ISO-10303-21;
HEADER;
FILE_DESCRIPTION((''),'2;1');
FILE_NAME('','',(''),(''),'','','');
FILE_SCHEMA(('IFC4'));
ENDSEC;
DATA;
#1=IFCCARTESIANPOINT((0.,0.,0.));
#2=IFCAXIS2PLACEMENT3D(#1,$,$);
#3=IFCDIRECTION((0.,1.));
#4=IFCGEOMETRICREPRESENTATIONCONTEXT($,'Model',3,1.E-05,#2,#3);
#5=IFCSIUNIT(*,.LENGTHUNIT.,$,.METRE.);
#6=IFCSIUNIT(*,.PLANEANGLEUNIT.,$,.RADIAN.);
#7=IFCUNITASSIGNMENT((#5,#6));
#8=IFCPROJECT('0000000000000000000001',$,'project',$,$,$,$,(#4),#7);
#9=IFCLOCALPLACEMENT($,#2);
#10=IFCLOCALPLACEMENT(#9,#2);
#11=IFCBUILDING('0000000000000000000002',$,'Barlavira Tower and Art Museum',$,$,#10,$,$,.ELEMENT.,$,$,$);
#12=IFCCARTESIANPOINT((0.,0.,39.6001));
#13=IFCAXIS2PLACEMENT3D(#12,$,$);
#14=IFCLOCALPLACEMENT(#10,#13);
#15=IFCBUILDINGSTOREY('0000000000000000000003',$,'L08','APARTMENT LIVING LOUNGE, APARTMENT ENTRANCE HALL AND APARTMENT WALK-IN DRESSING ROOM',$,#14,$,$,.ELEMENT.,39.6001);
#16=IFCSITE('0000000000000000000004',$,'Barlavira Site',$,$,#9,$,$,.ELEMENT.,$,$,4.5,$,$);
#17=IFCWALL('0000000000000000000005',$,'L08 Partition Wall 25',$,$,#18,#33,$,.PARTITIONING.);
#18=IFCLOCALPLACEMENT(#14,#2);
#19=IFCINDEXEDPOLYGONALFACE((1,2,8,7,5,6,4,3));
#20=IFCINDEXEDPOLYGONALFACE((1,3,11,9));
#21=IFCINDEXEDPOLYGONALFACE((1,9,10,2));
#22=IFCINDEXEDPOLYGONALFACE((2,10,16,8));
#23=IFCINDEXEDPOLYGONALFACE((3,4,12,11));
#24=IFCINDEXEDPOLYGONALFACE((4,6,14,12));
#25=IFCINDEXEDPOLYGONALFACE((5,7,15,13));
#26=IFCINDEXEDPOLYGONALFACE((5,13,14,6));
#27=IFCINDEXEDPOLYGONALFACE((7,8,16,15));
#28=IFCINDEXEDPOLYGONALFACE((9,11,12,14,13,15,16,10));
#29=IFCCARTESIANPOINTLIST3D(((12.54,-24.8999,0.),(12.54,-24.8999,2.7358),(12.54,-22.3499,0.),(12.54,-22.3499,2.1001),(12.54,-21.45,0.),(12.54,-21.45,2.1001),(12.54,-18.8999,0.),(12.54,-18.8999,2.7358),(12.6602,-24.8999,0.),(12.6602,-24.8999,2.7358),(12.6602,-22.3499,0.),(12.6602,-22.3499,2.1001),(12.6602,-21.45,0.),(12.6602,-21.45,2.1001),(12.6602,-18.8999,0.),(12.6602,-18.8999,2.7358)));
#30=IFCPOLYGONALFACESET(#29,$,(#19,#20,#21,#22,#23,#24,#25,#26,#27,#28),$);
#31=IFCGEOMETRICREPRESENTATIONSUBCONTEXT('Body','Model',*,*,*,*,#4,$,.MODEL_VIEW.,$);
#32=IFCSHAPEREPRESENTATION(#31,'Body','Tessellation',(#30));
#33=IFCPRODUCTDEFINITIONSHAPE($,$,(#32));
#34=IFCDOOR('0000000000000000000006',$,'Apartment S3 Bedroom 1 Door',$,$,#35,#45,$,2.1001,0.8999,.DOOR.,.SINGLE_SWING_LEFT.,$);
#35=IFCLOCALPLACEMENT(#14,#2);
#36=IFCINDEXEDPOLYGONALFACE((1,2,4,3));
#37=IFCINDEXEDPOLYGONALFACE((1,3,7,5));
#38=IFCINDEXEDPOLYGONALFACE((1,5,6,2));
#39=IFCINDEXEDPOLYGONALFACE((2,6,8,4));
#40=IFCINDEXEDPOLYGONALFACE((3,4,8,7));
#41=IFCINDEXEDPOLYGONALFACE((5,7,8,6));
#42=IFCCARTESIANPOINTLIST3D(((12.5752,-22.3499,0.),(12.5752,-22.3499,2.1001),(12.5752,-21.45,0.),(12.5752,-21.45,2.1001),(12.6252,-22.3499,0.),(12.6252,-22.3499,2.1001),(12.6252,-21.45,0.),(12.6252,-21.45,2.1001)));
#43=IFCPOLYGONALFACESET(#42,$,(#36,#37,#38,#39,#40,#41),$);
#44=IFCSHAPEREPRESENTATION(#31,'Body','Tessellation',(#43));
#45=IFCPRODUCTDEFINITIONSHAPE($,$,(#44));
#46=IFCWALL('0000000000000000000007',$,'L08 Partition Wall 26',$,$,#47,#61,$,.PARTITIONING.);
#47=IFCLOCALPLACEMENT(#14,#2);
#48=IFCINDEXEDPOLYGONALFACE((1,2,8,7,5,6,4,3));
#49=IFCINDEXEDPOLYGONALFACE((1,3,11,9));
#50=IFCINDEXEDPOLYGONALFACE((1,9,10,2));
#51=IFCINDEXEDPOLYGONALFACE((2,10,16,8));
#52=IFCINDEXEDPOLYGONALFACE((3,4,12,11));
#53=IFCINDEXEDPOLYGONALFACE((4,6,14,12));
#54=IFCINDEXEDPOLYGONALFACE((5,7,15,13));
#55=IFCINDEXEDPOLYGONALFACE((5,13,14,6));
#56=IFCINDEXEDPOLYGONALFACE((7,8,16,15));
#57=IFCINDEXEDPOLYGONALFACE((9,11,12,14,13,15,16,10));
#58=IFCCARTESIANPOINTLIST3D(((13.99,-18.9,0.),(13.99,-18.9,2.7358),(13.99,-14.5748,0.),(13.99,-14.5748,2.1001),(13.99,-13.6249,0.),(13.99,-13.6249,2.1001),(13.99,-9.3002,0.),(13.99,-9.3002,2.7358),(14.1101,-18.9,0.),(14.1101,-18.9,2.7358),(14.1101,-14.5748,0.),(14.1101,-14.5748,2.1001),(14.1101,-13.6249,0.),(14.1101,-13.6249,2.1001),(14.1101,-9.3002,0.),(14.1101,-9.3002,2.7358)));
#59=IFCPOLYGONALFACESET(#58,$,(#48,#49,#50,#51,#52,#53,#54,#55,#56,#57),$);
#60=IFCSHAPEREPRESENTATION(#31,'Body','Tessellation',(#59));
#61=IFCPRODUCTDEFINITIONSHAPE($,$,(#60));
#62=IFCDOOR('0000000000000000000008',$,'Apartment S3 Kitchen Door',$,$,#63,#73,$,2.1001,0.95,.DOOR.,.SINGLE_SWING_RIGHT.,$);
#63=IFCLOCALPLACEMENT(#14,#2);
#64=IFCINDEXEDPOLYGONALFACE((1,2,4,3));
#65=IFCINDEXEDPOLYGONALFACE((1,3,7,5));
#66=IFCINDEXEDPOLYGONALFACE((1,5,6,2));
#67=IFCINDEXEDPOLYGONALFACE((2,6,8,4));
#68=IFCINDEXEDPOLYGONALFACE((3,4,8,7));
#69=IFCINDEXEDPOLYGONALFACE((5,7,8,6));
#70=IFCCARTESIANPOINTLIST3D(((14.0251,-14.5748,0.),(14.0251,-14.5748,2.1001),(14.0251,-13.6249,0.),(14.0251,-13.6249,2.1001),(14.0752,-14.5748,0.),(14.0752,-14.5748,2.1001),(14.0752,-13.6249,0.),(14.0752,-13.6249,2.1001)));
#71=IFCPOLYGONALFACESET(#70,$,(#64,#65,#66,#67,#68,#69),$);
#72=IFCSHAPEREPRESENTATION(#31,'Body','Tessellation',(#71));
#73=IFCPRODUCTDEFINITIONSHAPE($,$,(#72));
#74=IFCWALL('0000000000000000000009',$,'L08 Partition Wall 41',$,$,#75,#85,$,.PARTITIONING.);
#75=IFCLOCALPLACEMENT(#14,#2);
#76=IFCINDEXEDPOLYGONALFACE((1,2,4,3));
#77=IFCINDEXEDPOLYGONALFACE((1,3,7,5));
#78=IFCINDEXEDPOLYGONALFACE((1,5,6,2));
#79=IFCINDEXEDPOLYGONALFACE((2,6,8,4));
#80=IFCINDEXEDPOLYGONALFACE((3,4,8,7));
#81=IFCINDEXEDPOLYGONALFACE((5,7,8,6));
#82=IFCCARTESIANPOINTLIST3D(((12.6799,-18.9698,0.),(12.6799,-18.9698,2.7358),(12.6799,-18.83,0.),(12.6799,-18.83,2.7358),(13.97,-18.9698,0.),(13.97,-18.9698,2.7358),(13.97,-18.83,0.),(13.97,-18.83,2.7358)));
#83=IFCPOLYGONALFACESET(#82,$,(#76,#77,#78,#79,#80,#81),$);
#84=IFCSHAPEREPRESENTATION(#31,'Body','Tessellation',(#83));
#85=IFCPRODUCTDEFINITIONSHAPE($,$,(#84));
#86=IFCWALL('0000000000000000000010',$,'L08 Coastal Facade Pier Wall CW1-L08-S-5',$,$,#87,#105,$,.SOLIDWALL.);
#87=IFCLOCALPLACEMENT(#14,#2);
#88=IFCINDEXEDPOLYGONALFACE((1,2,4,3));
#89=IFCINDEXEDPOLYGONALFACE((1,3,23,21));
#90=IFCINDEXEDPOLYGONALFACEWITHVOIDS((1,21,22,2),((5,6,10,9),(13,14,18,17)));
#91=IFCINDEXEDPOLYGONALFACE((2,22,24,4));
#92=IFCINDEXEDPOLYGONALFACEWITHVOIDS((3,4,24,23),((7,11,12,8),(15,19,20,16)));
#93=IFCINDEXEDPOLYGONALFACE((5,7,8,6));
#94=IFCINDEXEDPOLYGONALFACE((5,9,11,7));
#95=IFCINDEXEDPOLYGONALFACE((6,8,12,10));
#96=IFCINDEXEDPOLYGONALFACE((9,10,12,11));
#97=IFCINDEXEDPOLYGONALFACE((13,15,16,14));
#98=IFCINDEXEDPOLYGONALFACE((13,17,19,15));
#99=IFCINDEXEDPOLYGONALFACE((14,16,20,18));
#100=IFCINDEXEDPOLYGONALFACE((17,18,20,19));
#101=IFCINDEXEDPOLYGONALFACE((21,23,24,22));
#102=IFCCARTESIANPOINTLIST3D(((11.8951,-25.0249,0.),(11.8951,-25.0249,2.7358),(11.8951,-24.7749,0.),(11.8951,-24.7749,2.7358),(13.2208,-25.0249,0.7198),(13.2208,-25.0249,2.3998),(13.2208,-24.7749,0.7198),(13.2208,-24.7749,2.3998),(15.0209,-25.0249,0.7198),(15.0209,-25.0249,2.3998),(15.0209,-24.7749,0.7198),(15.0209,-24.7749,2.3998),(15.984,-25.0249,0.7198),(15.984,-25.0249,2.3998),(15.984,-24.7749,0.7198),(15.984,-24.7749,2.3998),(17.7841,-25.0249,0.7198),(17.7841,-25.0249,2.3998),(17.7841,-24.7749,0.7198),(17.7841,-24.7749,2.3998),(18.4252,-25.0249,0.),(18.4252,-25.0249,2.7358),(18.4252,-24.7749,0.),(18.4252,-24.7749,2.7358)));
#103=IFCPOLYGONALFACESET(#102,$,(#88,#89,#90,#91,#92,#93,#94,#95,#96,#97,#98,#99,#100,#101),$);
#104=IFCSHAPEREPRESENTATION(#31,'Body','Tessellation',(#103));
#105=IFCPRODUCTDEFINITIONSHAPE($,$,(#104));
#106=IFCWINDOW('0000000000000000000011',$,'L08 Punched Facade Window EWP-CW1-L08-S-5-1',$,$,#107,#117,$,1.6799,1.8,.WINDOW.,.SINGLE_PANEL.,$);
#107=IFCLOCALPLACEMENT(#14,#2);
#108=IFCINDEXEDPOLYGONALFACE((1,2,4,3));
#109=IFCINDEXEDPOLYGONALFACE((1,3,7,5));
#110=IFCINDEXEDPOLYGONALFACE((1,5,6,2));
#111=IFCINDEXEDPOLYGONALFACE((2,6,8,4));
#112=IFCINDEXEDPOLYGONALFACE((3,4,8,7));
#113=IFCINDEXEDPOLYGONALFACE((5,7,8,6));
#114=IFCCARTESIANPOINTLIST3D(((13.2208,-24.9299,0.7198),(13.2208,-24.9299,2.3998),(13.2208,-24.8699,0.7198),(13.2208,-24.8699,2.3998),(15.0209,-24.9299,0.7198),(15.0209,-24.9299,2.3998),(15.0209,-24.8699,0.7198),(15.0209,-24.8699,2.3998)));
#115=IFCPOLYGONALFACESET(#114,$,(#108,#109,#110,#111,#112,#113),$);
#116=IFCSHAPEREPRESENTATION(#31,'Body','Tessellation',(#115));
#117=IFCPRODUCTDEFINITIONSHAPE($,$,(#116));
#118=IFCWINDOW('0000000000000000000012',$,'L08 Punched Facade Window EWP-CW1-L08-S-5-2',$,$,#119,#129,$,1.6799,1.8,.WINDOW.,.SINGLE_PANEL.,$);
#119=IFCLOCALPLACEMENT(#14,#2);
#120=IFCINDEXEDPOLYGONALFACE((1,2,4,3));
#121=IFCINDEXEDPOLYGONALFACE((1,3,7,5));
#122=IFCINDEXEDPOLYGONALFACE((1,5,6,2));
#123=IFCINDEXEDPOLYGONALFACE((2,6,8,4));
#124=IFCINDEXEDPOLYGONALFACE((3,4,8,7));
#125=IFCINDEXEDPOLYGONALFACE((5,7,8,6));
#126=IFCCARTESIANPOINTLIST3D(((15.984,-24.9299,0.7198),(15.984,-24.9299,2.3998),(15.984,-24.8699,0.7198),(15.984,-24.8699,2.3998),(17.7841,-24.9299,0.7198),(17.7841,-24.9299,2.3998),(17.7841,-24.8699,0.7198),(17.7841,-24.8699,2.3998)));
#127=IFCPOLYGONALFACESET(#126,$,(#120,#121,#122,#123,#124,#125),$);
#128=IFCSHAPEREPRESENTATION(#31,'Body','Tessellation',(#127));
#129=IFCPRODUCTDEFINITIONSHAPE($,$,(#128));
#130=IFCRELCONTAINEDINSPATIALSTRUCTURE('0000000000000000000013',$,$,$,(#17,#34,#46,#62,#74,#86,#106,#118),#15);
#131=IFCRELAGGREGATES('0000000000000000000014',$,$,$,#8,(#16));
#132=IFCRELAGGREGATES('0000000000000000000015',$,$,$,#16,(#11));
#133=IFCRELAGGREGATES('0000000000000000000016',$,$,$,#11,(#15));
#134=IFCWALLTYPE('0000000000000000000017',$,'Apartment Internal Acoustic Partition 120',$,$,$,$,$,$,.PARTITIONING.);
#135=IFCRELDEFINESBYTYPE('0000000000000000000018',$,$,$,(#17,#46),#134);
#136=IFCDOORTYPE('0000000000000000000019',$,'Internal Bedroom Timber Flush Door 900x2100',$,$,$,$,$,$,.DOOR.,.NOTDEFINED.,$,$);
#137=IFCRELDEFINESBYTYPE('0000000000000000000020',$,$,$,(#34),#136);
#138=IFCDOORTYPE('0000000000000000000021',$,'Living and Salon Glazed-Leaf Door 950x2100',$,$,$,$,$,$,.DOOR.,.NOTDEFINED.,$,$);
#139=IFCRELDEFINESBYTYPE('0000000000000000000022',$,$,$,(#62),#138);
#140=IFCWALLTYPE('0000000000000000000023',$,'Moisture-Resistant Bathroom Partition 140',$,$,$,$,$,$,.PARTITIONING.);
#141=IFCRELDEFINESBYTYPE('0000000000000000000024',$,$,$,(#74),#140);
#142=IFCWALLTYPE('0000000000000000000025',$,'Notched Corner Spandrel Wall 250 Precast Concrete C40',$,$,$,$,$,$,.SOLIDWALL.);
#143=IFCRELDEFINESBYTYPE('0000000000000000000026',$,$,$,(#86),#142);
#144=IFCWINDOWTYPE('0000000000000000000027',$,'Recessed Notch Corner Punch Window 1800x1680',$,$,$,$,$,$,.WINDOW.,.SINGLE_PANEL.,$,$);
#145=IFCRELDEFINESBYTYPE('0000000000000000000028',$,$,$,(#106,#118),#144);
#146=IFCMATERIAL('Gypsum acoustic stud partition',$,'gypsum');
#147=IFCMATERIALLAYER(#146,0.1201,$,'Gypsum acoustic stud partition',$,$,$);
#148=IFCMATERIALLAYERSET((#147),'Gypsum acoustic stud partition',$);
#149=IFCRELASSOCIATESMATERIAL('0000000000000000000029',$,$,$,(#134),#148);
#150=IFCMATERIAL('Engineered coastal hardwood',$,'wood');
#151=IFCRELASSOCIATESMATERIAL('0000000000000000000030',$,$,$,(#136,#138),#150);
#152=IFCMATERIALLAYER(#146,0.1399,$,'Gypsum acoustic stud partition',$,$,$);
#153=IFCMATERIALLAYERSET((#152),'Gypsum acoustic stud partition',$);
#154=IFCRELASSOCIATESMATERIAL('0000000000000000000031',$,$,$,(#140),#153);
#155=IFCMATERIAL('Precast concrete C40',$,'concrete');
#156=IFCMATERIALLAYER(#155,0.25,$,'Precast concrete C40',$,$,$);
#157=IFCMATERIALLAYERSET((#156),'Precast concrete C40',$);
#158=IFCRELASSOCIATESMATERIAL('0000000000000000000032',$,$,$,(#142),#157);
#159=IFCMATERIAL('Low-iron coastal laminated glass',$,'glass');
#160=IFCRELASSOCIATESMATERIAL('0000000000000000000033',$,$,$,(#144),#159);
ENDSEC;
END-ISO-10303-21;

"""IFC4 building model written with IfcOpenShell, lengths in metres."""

from ifc_helpers import new_model, si_unit, direction, frame, frame_2d, origin, place, context, subcontext, project, spatial, rectangle, extrude, material, layer, layer_set, type_object, element, fill, save


model = new_model("IFC4")

# Units and contexts
model_context = context("Model", 3, precision=1e-05, world=origin(), true_north=direction((0.0, 1.0)))
body_context = subcontext(model_context, "Body", "Model", "MODEL_VIEW")
ifc_project = project(units=[si_unit("LENGTHUNIT", "METRE"), si_unit("PLANEANGLEUNIT", "RADIAN")], contexts=[model_context])

# Site, building, storey
site_placement = place(None, origin())
site = spatial("IfcSite", under=ifc_project, at=site_placement, Name="Barlavira Site", CompositionType="ELEMENT", RefElevation=4.5)
building_placement = place(site_placement, origin())
building = spatial("IfcBuilding", under=site, at=building_placement, Name="Barlavira Tower and Art Museum", CompositionType="ELEMENT")
storey_placement = place(building_placement, frame((0.0, 0.0, 39.6001)))
storey = spatial("IfcBuildingStorey", under=building, at=storey_placement, Name="L08", Description="APARTMENT LIVING LOUNGE, APARTMENT ENTRANCE HALL AND APARTMENT WALK-IN DRESSING ROOM", CompositionType="ELEMENT", Elevation=39.6001)

# Walls, openings, doors
ifc_material_1 = material(Name="Gypsum acoustic stud partition", Category="gypsum")
ifc_layer_1 = layer(ifc_material_1, 0.1201, Name="Gypsum acoustic stud partition")
ifc_layer_set_1 = layer_set([ifc_layer_1], Name="Gypsum acoustic stud partition")
wall_type_1 = type_object("IfcWallType", Name="Apartment Internal Acoustic Partition 120", PredefinedType="PARTITIONING", material=ifc_layer_set_1)
wall_1_placement = place(storey_placement, frame((12.6001, -24.8999, 0.0), z_axis=(0.0, 0.0, 1.0), x_axis=(0.0, 1.0, 0.0)))
wall_1 = element("IfcWall", 1, at=wall_1_placement, inside=storey, type_object=wall_type_1, Name="L08 Partition Wall 25", PredefinedType="PARTITIONING", context=body_context, shape_type="SweptSolid", body=[
    extrude(rectangle(XDim=6.0, YDim=0.1201, at=frame_2d((3.0, 0.0))), origin(), (0.0, 0.0, 1.0), 2.7358),
])
opening_1_placement = place(wall_1_placement, frame((2.55, 0.0, 0.0)))
opening_1 = element("IfcOpeningElement", 2, at=opening_1_placement, cuts=wall_1, PredefinedType="OPENING", context=body_context, shape_type="SweptSolid", body=[
    extrude(rectangle(XDim=0.8999, YDim=2.1001, at=frame_2d((0.45, 1.05))), frame((0.0, 0.0701, 0.0), z_axis=(0.0, -1.0, 0.0), x_axis=(1.0, 0.0, 0.0)), (0.0, 0.0, 1.0), 0.1401),
])
ifc_material_2 = material(Name="Engineered coastal hardwood", Category="wood")
door_type_1 = type_object("IfcDoorType", Name="Internal Bedroom Timber Flush Door 900x2100", OperationType="NOTDEFINED", PredefinedType="DOOR", material=ifc_material_2)
door_1_placement = place(opening_1_placement, origin())
door_1 = element("IfcDoor", 3, at=door_1_placement, inside=storey, type_object=door_type_1, Name="Apartment S3 Bedroom 1 Door", OperationType="SINGLE_SWING_LEFT", OverallHeight=2.1001, OverallWidth=0.8999, PredefinedType="DOOR", context=body_context, shape_type="SweptSolid", body=[
    extrude(rectangle(XDim=0.8999, YDim=2.1001, at=frame_2d((0.45, 1.05))), frame((0.0, 0.0249, 0.0), z_axis=(0.0, -1.0, 0.0), x_axis=(1.0, 0.0, 0.0)), (0.0, 0.0, 1.0), 0.05),
])
fill(opening_1, door_1)
wall_2_placement = place(storey_placement, frame((14.05, -18.8999, 0.0), z_axis=(0.0, 0.0, 1.0), x_axis=(0.0, 1.0, 0.0)))
wall_2 = element("IfcWall", 4, at=wall_2_placement, inside=storey, type_object=wall_type_1, Name="L08 Partition Wall 26", PredefinedType="PARTITIONING", context=body_context, shape_type="SweptSolid", body=[
    extrude(rectangle(XDim=9.5999, YDim=0.1201, at=frame_2d((4.7998, 0.0))), origin(), (0.0, 0.0, 1.0), 2.7358),
])
opening_2_placement = place(wall_2_placement, frame((4.325, 0.0, 0.0)))
opening_2 = element("IfcOpeningElement", 5, at=opening_2_placement, cuts=wall_2, PredefinedType="OPENING", context=body_context, shape_type="SweptSolid", body=[
    extrude(rectangle(XDim=0.95, YDim=2.1001, at=frame_2d((0.4751, 1.05))), frame((0.0, 0.0701, 0.0), z_axis=(0.0, -1.0, 0.0), x_axis=(1.0, 0.0, 0.0)), (0.0, 0.0, 1.0), 0.1401),
])
door_type_2 = type_object("IfcDoorType", Name="Living and Salon Glazed-Leaf Door 950x2100", OperationType="NOTDEFINED", PredefinedType="DOOR", material=ifc_material_2)
door_2_placement = place(opening_2_placement, origin())
door_2 = element("IfcDoor", 6, at=door_2_placement, inside=storey, type_object=door_type_2, Name="Apartment S3 Kitchen Door", OperationType="SINGLE_SWING_RIGHT", OverallHeight=2.1001, OverallWidth=0.95, PredefinedType="DOOR", context=body_context, shape_type="SweptSolid", body=[
    extrude(rectangle(XDim=0.95, YDim=2.1001, at=frame_2d((0.4751, 1.05))), frame((0.0, 0.0249, 0.0), z_axis=(0.0, -1.0, 0.0), x_axis=(1.0, 0.0, 0.0)), (0.0, 0.0, 1.0), 0.05),
])
fill(opening_2, door_2)

# Wall
ifc_layer_2 = layer(ifc_material_1, 0.1399, Name="Gypsum acoustic stud partition")
ifc_layer_set_2 = layer_set([ifc_layer_2], Name="Gypsum acoustic stud partition")
wall_type_2 = type_object("IfcWallType", Name="Moisture-Resistant Bathroom Partition 140", PredefinedType="PARTITIONING", material=ifc_layer_set_2)
wall_3_placement = place(storey_placement, frame((12.6799, -18.8999, 0.0), z_axis=(0.0, 0.0, 1.0), x_axis=(1.0, 0.0, 0.0)))
element("IfcWall", 7, at=wall_3_placement, inside=storey, type_object=wall_type_2, Name="L08 Partition Wall 41", PredefinedType="PARTITIONING", context=body_context, shape_type="SweptSolid", body=[
    extrude(rectangle(XDim=1.29, YDim=0.1399, at=frame_2d((0.645, 0.0))), origin(), (0.0, 0.0, 1.0), 2.7358),
])

# Wall, openings, windows
ifc_material_3 = material(Name="Precast concrete C40", Category="concrete")
ifc_layer_3 = layer(ifc_material_3, 0.25, Name="Precast concrete C40")
ifc_layer_set_3 = layer_set([ifc_layer_3], Name="Precast concrete C40")
wall_type_3 = type_object("IfcWallType", Name="Notched Corner Spandrel Wall 250 Precast Concrete C40", PredefinedType="SOLIDWALL", material=ifc_layer_set_3)
wall_4_placement = place(storey_placement, frame((11.895, -24.8999, 0.0), z_axis=(0.0, 0.0, 1.0), x_axis=(1.0, 0.0, 0.0)))
wall_4 = element("IfcWall", 8, at=wall_4_placement, inside=storey, type_object=wall_type_3, Name="L08 Coastal Facade Pier Wall CW1-L08-S-5", PredefinedType="SOLIDWALL", context=body_context, shape_type="SweptSolid", body=[
    extrude(rectangle(XDim=6.53, YDim=0.25, at=frame_2d((3.2651, 0.0))), origin(), (0.0, 0.0, 1.0), 2.7358),
])
opening_3_placement = place(wall_4_placement, frame((1.3259, 0.0, 0.72)))
opening_3 = element("IfcOpeningElement", 9, at=opening_3_placement, cuts=wall_4, PredefinedType="OPENING", context=body_context, shape_type="SweptSolid", body=[
    extrude(rectangle(XDim=1.8, YDim=1.6799, at=frame_2d((0.8999, 0.8398))), frame((0.0, 0.135, 0.0), z_axis=(0.0, -1.0, 0.0), x_axis=(1.0, 0.0, 0.0)), (0.0, 0.0, 1.0), 0.27),
])
opening_4_placement = place(wall_4_placement, frame((4.0891, 0.0, 0.72)))
opening_4 = element("IfcOpeningElement", 10, at=opening_4_placement, cuts=wall_4, PredefinedType="OPENING", context=body_context, shape_type="SweptSolid", body=[
    extrude(rectangle(XDim=1.8, YDim=1.6799, at=frame_2d((0.8999, 0.8398))), frame((0.0, 0.135, 0.0), z_axis=(0.0, -1.0, 0.0), x_axis=(1.0, 0.0, 0.0)), (0.0, 0.0, 1.0), 0.27),
])
ifc_material_4 = material(Name="Low-iron coastal laminated glass", Category="glass")
window_type = type_object("IfcWindowType", Name="Recessed Notch Corner Punch Window 1800x1680", PartitioningType="SINGLE_PANEL", PredefinedType="WINDOW", material=ifc_material_4)
window_1_placement = place(opening_3_placement, origin())
window_1 = element("IfcWindow", 11, at=window_1_placement, inside=storey, type_object=window_type, Name="L08 Punched Facade Window EWP-CW1-L08-S-5-1", OverallHeight=1.6799, OverallWidth=1.8, PartitioningType="SINGLE_PANEL", PredefinedType="WINDOW", context=body_context, shape_type="SweptSolid", body=[
    extrude(rectangle(XDim=1.8, YDim=1.6799, at=frame_2d((0.8999, 0.8398))), frame((0.0, 0.03, 0.0), z_axis=(0.0, -1.0, 0.0), x_axis=(1.0, 0.0, 0.0)), (0.0, 0.0, 1.0), 0.0601),
])
fill(opening_3, window_1)
window_2_placement = place(opening_4_placement, origin())
window_2 = element("IfcWindow", 12, at=window_2_placement, inside=storey, type_object=window_type, Name="L08 Punched Facade Window EWP-CW1-L08-S-5-2", OverallHeight=1.6799, OverallWidth=1.8, PartitioningType="SINGLE_PANEL", PredefinedType="WINDOW", context=body_context, shape_type="SweptSolid", body=[
    extrude(rectangle(XDim=1.8, YDim=1.6799, at=frame_2d((0.8999, 0.8398))), frame((0.0, 0.03, 0.0), z_axis=(0.0, -1.0, 0.0), x_axis=(1.0, 0.0, 0.0)), (0.0, 0.0, 1.0), 0.0601),
])
fill(opening_4, window_2)

save(model, "model.ifc")
